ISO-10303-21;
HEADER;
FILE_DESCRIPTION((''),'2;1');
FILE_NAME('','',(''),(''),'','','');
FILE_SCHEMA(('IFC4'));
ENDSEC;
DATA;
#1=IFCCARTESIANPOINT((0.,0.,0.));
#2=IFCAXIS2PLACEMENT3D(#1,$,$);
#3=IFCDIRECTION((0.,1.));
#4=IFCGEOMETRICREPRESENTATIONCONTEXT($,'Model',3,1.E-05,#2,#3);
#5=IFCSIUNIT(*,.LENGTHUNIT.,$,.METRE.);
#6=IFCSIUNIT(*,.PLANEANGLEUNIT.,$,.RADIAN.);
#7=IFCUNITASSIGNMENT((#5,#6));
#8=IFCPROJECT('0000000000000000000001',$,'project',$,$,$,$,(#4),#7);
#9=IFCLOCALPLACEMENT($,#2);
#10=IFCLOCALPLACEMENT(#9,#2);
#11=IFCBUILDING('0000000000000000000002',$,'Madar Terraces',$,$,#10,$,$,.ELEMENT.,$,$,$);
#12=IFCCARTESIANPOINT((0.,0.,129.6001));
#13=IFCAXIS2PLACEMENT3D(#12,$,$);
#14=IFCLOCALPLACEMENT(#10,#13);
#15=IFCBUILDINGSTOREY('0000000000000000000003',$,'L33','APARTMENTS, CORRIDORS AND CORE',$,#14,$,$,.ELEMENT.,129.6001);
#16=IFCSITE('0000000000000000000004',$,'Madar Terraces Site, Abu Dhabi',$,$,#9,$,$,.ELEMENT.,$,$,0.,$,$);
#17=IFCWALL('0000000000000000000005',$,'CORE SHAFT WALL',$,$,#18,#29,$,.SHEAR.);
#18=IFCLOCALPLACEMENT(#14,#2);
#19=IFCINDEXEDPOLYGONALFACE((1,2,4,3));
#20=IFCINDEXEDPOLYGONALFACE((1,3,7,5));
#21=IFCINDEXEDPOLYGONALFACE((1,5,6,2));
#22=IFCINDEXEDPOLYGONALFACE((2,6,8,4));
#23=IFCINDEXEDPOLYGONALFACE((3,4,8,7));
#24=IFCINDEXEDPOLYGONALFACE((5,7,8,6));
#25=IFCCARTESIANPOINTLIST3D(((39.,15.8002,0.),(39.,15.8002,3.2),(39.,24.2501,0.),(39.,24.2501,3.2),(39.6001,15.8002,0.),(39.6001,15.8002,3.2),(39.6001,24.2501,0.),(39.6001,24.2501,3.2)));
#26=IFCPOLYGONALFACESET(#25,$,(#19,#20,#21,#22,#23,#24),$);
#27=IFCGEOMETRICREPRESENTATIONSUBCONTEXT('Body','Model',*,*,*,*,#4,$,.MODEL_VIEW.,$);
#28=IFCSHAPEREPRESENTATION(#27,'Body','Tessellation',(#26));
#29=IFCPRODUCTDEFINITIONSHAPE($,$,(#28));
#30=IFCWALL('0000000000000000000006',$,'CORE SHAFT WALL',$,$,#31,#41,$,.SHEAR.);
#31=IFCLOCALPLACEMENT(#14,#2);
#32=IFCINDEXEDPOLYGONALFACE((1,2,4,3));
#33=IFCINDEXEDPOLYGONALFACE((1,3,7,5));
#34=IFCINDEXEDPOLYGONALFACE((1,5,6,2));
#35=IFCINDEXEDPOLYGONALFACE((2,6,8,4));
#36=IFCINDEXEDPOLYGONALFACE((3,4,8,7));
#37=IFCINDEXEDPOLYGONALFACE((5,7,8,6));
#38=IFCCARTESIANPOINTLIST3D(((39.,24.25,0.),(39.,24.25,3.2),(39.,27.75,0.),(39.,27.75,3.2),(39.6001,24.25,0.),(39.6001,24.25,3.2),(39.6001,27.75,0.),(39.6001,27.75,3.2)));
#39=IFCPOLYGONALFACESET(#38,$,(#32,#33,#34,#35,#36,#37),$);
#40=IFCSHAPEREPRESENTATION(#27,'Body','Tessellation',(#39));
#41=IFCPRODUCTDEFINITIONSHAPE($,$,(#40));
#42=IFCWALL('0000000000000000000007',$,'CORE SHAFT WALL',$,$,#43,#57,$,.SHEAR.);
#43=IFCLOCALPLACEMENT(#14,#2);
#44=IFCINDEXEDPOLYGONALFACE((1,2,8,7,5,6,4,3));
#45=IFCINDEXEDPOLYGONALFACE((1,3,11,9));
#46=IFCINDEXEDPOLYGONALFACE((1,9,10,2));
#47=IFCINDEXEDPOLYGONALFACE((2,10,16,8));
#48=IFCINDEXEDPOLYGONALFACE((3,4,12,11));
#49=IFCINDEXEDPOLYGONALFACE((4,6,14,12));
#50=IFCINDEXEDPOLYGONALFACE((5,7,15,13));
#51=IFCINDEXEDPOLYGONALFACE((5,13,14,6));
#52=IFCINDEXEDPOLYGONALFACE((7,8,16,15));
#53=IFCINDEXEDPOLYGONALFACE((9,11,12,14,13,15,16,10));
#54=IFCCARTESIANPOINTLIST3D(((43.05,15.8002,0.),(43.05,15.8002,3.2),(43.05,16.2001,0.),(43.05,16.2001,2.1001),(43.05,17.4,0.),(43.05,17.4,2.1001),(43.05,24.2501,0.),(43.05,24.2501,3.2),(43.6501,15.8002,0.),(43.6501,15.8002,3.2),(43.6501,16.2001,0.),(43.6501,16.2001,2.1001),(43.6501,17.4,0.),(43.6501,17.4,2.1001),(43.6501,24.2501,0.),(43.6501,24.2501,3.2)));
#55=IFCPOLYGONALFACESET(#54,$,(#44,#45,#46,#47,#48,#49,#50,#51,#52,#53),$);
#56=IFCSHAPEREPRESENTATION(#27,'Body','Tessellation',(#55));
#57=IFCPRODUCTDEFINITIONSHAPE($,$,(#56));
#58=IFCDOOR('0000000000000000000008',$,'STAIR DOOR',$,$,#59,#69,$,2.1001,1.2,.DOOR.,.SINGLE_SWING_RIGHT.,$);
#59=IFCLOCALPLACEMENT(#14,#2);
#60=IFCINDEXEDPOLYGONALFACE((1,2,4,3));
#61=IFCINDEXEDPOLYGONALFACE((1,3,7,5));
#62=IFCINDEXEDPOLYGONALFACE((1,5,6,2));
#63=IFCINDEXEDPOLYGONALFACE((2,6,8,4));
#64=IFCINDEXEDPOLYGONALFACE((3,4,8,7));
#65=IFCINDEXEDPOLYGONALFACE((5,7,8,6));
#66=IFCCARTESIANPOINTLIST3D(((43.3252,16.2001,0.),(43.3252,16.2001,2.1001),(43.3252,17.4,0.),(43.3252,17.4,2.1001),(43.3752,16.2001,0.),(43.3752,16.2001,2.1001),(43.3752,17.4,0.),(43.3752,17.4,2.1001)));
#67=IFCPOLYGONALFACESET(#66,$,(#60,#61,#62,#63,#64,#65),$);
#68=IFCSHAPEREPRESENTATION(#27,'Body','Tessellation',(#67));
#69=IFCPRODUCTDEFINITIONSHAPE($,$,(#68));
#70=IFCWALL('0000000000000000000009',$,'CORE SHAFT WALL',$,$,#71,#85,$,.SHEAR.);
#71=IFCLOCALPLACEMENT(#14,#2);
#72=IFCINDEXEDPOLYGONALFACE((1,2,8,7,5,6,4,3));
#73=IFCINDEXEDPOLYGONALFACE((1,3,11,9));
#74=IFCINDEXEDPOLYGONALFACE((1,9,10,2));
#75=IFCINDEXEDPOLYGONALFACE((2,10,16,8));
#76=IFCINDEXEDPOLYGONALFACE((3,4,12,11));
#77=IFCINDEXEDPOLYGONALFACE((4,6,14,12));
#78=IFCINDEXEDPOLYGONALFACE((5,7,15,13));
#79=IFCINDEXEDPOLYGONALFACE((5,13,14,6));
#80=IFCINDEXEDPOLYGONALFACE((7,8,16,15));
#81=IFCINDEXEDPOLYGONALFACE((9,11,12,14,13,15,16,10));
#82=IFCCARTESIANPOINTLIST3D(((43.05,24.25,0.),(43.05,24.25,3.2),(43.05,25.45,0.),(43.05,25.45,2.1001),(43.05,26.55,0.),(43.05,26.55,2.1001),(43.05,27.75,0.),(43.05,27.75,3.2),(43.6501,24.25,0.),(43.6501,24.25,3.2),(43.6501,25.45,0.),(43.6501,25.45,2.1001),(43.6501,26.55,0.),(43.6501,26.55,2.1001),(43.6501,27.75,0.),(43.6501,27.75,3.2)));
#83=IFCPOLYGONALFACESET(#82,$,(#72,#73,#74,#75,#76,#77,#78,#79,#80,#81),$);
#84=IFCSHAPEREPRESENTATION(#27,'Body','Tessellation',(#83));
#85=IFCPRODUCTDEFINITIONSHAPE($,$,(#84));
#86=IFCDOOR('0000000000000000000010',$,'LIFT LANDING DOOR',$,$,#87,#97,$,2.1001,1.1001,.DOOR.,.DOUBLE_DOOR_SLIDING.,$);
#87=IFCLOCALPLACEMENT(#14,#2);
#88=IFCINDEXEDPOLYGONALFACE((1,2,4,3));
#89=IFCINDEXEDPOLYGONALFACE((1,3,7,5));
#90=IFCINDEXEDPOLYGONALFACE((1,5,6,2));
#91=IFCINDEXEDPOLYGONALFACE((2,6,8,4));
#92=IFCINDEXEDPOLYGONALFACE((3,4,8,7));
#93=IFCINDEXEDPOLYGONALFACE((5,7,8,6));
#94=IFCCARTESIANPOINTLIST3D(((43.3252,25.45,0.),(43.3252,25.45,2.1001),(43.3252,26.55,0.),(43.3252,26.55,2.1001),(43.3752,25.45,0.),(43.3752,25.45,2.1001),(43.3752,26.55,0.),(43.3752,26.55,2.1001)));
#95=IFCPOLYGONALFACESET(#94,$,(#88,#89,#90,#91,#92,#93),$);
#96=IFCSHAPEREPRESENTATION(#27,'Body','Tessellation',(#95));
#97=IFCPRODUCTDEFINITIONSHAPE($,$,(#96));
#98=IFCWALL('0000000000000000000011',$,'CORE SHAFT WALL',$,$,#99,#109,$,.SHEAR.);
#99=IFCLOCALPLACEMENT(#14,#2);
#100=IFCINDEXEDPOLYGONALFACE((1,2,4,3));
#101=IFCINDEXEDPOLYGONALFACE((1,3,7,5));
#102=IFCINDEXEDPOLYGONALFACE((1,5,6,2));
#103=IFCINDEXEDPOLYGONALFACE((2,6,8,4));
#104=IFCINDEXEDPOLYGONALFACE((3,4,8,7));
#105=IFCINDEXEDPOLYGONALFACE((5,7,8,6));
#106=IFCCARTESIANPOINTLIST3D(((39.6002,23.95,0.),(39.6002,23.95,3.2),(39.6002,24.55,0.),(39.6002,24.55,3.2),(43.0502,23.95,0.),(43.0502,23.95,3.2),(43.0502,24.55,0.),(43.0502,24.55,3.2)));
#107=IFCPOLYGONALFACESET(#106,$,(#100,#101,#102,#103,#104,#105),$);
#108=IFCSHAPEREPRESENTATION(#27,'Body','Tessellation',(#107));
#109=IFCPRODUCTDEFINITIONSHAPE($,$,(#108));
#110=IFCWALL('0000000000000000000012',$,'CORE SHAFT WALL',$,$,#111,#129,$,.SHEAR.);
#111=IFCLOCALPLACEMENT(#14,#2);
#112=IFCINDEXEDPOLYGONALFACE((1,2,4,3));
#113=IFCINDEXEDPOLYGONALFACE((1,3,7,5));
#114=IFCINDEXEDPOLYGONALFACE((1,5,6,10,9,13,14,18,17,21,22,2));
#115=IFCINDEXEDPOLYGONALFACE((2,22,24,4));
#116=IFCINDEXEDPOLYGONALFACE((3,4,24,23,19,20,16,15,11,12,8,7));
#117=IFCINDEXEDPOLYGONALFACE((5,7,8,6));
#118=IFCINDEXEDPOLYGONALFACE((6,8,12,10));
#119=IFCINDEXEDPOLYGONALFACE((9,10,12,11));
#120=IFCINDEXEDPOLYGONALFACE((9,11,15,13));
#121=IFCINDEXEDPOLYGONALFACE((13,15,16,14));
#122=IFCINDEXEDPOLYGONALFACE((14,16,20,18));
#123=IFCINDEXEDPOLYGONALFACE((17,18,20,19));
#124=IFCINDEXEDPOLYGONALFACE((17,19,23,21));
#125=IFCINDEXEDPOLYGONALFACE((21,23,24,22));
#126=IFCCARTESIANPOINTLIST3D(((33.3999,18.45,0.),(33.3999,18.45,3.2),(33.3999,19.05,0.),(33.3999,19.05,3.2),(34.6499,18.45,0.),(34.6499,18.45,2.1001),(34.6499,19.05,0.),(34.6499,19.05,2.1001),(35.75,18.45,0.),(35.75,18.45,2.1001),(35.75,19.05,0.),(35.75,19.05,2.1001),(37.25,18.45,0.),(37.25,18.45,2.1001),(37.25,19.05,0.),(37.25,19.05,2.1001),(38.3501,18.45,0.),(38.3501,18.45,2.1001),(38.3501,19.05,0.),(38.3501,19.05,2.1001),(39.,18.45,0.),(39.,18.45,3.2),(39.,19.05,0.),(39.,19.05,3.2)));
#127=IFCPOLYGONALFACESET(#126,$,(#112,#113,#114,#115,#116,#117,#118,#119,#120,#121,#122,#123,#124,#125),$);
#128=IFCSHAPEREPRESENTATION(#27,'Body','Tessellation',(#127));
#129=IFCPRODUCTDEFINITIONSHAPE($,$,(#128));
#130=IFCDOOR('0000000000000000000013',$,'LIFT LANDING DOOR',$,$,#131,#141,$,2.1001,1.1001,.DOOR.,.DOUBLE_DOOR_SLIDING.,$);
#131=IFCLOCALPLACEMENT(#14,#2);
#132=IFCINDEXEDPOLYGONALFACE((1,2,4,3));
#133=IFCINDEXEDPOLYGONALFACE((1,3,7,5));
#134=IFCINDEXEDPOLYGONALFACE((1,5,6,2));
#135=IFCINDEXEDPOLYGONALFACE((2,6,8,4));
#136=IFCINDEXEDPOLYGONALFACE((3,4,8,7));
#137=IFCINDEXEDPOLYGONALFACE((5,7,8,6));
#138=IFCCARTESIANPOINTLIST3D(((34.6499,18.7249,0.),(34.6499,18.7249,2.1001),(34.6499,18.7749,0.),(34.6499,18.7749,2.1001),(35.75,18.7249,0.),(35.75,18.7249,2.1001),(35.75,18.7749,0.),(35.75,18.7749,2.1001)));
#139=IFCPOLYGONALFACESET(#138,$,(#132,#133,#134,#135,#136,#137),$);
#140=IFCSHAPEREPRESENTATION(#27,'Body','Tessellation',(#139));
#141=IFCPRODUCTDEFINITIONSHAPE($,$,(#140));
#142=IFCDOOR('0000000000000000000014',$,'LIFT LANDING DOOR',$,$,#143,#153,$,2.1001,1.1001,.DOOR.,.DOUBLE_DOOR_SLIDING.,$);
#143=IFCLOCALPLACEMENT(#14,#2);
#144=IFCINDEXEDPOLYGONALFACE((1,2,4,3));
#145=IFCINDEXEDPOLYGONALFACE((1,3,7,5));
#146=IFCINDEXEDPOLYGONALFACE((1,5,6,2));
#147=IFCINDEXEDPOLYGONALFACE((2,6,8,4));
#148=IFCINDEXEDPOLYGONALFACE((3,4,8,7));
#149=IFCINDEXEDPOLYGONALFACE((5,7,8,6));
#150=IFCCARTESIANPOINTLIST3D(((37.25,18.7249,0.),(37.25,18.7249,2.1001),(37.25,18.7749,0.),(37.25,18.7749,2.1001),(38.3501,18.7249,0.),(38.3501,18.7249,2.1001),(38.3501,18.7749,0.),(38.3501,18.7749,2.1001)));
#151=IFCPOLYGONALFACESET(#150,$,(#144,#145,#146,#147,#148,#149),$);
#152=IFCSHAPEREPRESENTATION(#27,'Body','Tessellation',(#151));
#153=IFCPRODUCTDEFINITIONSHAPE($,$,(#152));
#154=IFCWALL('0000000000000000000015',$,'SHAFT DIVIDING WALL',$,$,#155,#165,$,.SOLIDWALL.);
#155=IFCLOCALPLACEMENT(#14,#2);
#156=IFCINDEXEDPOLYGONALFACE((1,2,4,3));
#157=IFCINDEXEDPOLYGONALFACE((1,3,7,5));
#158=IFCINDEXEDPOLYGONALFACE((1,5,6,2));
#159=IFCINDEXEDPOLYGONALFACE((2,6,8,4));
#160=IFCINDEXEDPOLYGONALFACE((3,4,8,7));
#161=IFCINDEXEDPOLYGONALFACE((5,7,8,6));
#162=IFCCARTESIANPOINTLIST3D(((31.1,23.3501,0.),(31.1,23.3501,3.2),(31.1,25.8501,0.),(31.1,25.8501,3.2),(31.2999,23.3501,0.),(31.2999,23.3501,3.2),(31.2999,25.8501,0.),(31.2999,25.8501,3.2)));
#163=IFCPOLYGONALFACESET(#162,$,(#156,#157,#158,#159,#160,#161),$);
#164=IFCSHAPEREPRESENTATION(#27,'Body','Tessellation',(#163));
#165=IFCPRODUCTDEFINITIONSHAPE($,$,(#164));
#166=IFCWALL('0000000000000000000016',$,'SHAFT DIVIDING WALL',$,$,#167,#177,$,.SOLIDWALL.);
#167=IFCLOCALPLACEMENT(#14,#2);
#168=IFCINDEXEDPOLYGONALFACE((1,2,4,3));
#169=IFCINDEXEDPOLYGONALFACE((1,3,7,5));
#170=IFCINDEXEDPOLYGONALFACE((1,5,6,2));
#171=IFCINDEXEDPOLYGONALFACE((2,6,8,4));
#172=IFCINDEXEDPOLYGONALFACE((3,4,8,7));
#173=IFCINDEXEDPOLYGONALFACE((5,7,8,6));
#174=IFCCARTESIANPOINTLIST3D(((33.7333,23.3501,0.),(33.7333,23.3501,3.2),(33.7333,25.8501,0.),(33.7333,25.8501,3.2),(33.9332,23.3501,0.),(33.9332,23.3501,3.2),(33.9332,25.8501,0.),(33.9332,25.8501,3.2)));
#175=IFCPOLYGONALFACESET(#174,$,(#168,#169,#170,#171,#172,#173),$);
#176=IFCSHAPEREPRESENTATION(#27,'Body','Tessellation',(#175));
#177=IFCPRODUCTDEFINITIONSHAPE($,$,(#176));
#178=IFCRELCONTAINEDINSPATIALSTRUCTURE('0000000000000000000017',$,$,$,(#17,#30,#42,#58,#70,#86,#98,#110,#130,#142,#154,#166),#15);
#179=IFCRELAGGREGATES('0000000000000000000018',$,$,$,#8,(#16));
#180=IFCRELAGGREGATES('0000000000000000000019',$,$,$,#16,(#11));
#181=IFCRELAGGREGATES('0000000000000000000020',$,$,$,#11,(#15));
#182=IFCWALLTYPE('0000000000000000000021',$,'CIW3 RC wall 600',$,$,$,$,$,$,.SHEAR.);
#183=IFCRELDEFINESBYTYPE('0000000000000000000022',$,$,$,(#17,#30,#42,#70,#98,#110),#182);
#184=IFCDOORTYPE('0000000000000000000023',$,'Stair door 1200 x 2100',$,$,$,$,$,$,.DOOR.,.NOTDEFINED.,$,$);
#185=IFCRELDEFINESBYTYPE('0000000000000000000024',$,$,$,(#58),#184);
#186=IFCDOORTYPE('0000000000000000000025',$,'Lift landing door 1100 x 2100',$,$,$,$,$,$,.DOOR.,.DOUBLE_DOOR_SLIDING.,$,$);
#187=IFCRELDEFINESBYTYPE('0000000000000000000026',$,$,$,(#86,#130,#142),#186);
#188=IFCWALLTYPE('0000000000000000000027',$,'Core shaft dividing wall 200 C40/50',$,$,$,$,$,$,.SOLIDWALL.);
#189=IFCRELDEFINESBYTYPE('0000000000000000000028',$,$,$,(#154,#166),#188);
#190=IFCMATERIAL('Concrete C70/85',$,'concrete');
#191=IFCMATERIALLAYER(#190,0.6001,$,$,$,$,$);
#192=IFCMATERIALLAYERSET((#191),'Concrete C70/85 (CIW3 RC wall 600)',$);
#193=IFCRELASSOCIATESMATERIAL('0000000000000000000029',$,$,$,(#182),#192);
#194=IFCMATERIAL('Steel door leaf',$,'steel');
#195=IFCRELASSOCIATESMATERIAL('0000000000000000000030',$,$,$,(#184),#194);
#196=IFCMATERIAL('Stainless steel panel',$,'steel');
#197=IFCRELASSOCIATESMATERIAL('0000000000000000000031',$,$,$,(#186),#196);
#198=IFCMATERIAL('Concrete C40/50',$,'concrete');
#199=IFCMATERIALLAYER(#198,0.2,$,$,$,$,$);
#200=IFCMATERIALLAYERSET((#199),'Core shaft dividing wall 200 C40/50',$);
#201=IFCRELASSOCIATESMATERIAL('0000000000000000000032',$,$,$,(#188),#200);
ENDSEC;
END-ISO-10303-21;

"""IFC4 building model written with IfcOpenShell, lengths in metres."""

from ifc_helpers import new_model, si_unit, direction, frame, frame_2d, origin, place, context, subcontext, project, spatial, rectangle, extrude, material, layer, layer_set, type_object, element, fill, save


model = new_model("IFC4")

# Units and contexts
model_context = context("Model", 3, precision=1e-05, world=origin(), true_north=direction((0.0, 1.0)))
body_context = subcontext(model_context, "Body", "Model", "MODEL_VIEW")
ifc_project = project(units=[si_unit("LENGTHUNIT", "METRE"), si_unit("PLANEANGLEUNIT", "RADIAN")], contexts=[model_context])

# Site, building, storey
site_placement = place(None, origin())
site = spatial("IfcSite", under=ifc_project, at=site_placement, Name="Madar Terraces Site, Abu Dhabi", CompositionType="ELEMENT", RefElevation=0.0)
building_placement = place(site_placement, origin())
building = spatial("IfcBuilding", under=site, at=building_placement, Name="Madar Terraces", CompositionType="ELEMENT")
storey_placement = place(building_placement, frame((0.0, 0.0, 129.6001)))
storey = spatial("IfcBuildingStorey", under=building, at=storey_placement, Name="L33", Description="APARTMENTS, CORRIDORS AND CORE", CompositionType="ELEMENT", Elevation=129.6001)

# Walls
ifc_material_1 = material(Name="Concrete C70/85", Category="concrete")
ifc_layer_1 = layer(ifc_material_1, 0.6001)
ifc_layer_set_1 = layer_set([ifc_layer_1], Name="Concrete C70/85 (CIW3 RC wall 600)")
wall_type_1 = type_object("IfcWallType", Name="CIW3 RC wall 600", PredefinedType="SHEAR", material=ifc_layer_set_1)
wall_1_placement = place(storey_placement, frame((39.3, 15.8, 0.0), z_axis=(0.0, 0.0, 1.0), x_axis=(0.0, 1.0, 0.0)))
element("IfcWall", 1, at=wall_1_placement, inside=storey, type_object=wall_type_1, Name="CORE SHAFT WALL", PredefinedType="SHEAR", context=body_context, shape_type="SweptSolid", body=[
    extrude(rectangle(XDim=8.45, YDim=0.6001, at=frame_2d((4.2251, 0.0))), origin(), (0.0, 0.0, 1.0), 3.2),
])
wall_2_placement = place(storey_placement, frame((39.3, 24.25, 0.0), z_axis=(0.0, 0.0, 1.0), x_axis=(0.0, 1.0, 0.0)))
element("IfcWall", 2, at=wall_2_placement, inside=storey, type_object=wall_type_1, Name="CORE SHAFT WALL", PredefinedType="SHEAR", context=body_context, shape_type="SweptSolid", body=[
    extrude(rectangle(XDim=3.5, YDim=0.6001, at=frame_2d((1.75, 0.0))), origin(), (0.0, 0.0, 1.0), 3.2),
])

# Walls, openings, doors
wall_3_placement = place(storey_placement, frame((43.3501, 15.8, 0.0), z_axis=(0.0, 0.0, 1.0), x_axis=(0.0, 1.0, 0.0)))
wall_3 = element("IfcWall", 3, at=wall_3_placement, inside=storey, type_object=wall_type_1, Name="CORE SHAFT WALL", PredefinedType="SHEAR", context=body_context, shape_type="SweptSolid", body=[
    extrude(rectangle(XDim=8.45, YDim=0.6001, at=frame_2d((4.2251, 0.0))), origin(), (0.0, 0.0, 1.0), 3.2),
])
opening_1_placement = place(wall_3_placement, frame((0.3999, 0.0, 0.0)))
opening_1 = element("IfcOpeningElement", 4, at=opening_1_placement, cuts=wall_3, PredefinedType="OPENING", context=body_context, shape_type="SweptSolid", body=[
    extrude(rectangle(XDim=1.2, YDim=2.1001, at=frame_2d((0.6001, 1.05))), frame((0.0, 0.3101, 0.0), z_axis=(0.0, -1.0, 0.0), x_axis=(1.0, 0.0, 0.0)), (0.0, 0.0, 1.0), 0.6201),
])
ifc_material_2 = material(Name="Steel door leaf", Category="steel")
door_type_1 = type_object("IfcDoorType", Name="Stair door 1200 x 2100", OperationType="NOTDEFINED", PredefinedType="DOOR", material=ifc_material_2)
door_1_placement = place(opening_1_placement, origin())
door_1 = element("IfcDoor", 5, at=door_1_placement, inside=storey, type_object=door_type_1, Name="STAIR DOOR", OperationType="SINGLE_SWING_RIGHT", OverallHeight=2.1001, OverallWidth=1.2, PredefinedType="DOOR", context=body_context, shape_type="SweptSolid", body=[
    extrude(rectangle(XDim=1.2, YDim=2.1001, at=frame_2d((0.6001, 1.05))), frame((0.0, 0.0249, 0.0), z_axis=(0.0, -1.0, 0.0), x_axis=(1.0, 0.0, 0.0)), (0.0, 0.0, 1.0), 0.05),
])
fill(opening_1, door_1)
wall_4_placement = place(storey_placement, frame((43.3501, 24.25, 0.0), z_axis=(0.0, 0.0, 1.0), x_axis=(0.0, 1.0, 0.0)))
wall_4 = element("IfcWall", 6, at=wall_4_placement, inside=storey, type_object=wall_type_1, Name="CORE SHAFT WALL", PredefinedType="SHEAR", context=body_context, shape_type="SweptSolid", body=[
    extrude(rectangle(XDim=3.5, YDim=0.6001, at=frame_2d((1.75, 0.0))), origin(), (0.0, 0.0, 1.0), 3.2),
])
opening_2_placement = place(wall_4_placement, frame((1.2, 0.0, 0.0)))
opening_2 = element("IfcOpeningElement", 7, at=opening_2_placement, cuts=wall_4, PredefinedType="OPENING", context=body_context, shape_type="SweptSolid", body=[
    extrude(rectangle(XDim=1.1001, YDim=2.1001, at=frame_2d((0.55, 1.05))), frame((0.0, 0.3101, 0.0), z_axis=(0.0, -1.0, 0.0), x_axis=(1.0, 0.0, 0.0)), (0.0, 0.0, 1.0), 0.6201),
])
ifc_material_3 = material(Name="Stainless steel panel", Category="steel")
door_type_2 = type_object("IfcDoorType", Name="Lift landing door 1100 x 2100", OperationType="DOUBLE_DOOR_SLIDING", PredefinedType="DOOR", material=ifc_material_3)
door_2_placement = place(opening_2_placement, origin())
door_2 = element("IfcDoor", 8, at=door_2_placement, inside=storey, type_object=door_type_2, Name="LIFT LANDING DOOR", OperationType="DOUBLE_DOOR_SLIDING", OverallHeight=2.1001, OverallWidth=1.1001, PredefinedType="DOOR", context=body_context, shape_type="SweptSolid", body=[
    extrude(rectangle(XDim=1.1001, YDim=2.1001, at=frame_2d((0.55, 1.05))), frame((0.0, 0.0249, 0.0), z_axis=(0.0, -1.0, 0.0), x_axis=(1.0, 0.0, 0.0)), (0.0, 0.0, 1.0), 0.05),
])
fill(opening_2, door_2)

# Wall
wall_5_placement = place(storey_placement, frame((39.6001, 24.25, 0.0), z_axis=(0.0, 0.0, 1.0), x_axis=(1.0, 0.0, 0.0)))
element("IfcWall", 9, at=wall_5_placement, inside=storey, type_object=wall_type_1, Name="CORE SHAFT WALL", PredefinedType="SHEAR", context=body_context, shape_type="SweptSolid", body=[
    extrude(rectangle(XDim=3.45, YDim=0.6001, at=frame_2d((1.7251, 0.0))), origin(), (0.0, 0.0, 1.0), 3.2),
])

# Wall, openings, doors
wall_6_placement = place(storey_placement, frame((33.3999, 18.75, 0.0), z_axis=(0.0, 0.0, 1.0), x_axis=(1.0, 0.0, 0.0)))
wall_6 = element("IfcWall", 10, at=wall_6_placement, inside=storey, type_object=wall_type_1, Name="CORE SHAFT WALL", PredefinedType="SHEAR", context=body_context, shape_type="SweptSolid", body=[
    extrude(rectangle(XDim=5.6001, YDim=0.6001, at=frame_2d((2.8, 0.0))), origin(), (0.0, 0.0, 1.0), 3.2),
])
opening_3_placement = place(wall_6_placement, frame((1.25, 0.0, 0.0)))
opening_3 = element("IfcOpeningElement", 11, at=opening_3_placement, cuts=wall_6, PredefinedType="OPENING", context=body_context, shape_type="SweptSolid", body=[
    extrude(rectangle(XDim=1.1001, YDim=2.1001, at=frame_2d((0.55, 1.05))), frame((0.0, 0.3101, 0.0), z_axis=(0.0, -1.0, 0.0), x_axis=(1.0, 0.0, 0.0)), (0.0, 0.0, 1.0), 0.6201),
])
opening_4_placement = place(wall_6_placement, frame((3.8501, 0.0, 0.0)))
opening_4 = element("IfcOpeningElement", 12, at=opening_4_placement, cuts=wall_6, PredefinedType="OPENING", context=body_context, shape_type="SweptSolid", body=[
    extrude(rectangle(XDim=1.1001, YDim=2.1001, at=frame_2d((0.55, 1.05))), frame((0.0, 0.3101, 0.0), z_axis=(0.0, -1.0, 0.0), x_axis=(1.0, 0.0, 0.0)), (0.0, 0.0, 1.0), 0.6201),
])
door_3_placement = place(opening_3_placement, origin())
door_3 = element("IfcDoor", 13, at=door_3_placement, inside=storey, type_object=door_type_2, Name="LIFT LANDING DOOR", OperationType="DOUBLE_DOOR_SLIDING", OverallHeight=2.1001, OverallWidth=1.1001, PredefinedType="DOOR", context=body_context, shape_type="SweptSolid", body=[
    extrude(rectangle(XDim=1.1001, YDim=2.1001, at=frame_2d((0.55, 1.05))), frame((0.0, 0.0249, 0.0), z_axis=(0.0, -1.0, 0.0), x_axis=(1.0, 0.0, 0.0)), (0.0, 0.0, 1.0), 0.05),
])
fill(opening_3, door_3)
door_4_placement = place(opening_4_placement, origin())
door_4 = element("IfcDoor", 14, at=door_4_placement, inside=storey, type_object=door_type_2, Name="LIFT LANDING DOOR", OperationType="DOUBLE_DOOR_SLIDING", OverallHeight=2.1001, OverallWidth=1.1001, PredefinedType="DOOR", context=body_context, shape_type="SweptSolid", body=[
    extrude(rectangle(XDim=1.1001, YDim=2.1001, at=frame_2d((0.55, 1.05))), frame((0.0, 0.0249, 0.0), z_axis=(0.0, -1.0, 0.0), x_axis=(1.0, 0.0, 0.0)), (0.0, 0.0, 1.0), 0.05),
])
fill(opening_4, door_4)

# Walls
ifc_material_4 = material(Name="Concrete C40/50", Category="concrete")
ifc_layer_2 = layer(ifc_material_4, 0.2)
ifc_layer_set_2 = layer_set([ifc_layer_2], Name="Core shaft dividing wall 200 C40/50")
wall_type_2 = type_object("IfcWallType", Name="Core shaft dividing wall 200 C40/50", PredefinedType="SOLIDWALL", material=ifc_layer_set_2)
for number, where, z_axis, x_axis, name in (
    (15, (31.2, 23.3501, 0.0), (0.0, 0.0, 1.0), (0.0, 1.0, 0.0), "SHAFT DIVIDING WALL"),
    (16, (33.8333, 23.3501, 0.0), (0.0, 0.0, 1.0), (0.0, 1.0, 0.0), "SHAFT DIVIDING WALL"),
):
    element("IfcWall", number, at=place(storey_placement, frame(where, z_axis=z_axis, x_axis=x_axis)), inside=storey, type_object=wall_type_2, Name=name, PredefinedType="SOLIDWALL", context=body_context, shape_type="SweptSolid", body=[
        extrude(rectangle(XDim=2.5, YDim=0.2, at=frame_2d((1.25, 0.0))), origin(), (0.0, 0.0, 1.0), 3.2),
    ])

save(model, "model.ifc")
